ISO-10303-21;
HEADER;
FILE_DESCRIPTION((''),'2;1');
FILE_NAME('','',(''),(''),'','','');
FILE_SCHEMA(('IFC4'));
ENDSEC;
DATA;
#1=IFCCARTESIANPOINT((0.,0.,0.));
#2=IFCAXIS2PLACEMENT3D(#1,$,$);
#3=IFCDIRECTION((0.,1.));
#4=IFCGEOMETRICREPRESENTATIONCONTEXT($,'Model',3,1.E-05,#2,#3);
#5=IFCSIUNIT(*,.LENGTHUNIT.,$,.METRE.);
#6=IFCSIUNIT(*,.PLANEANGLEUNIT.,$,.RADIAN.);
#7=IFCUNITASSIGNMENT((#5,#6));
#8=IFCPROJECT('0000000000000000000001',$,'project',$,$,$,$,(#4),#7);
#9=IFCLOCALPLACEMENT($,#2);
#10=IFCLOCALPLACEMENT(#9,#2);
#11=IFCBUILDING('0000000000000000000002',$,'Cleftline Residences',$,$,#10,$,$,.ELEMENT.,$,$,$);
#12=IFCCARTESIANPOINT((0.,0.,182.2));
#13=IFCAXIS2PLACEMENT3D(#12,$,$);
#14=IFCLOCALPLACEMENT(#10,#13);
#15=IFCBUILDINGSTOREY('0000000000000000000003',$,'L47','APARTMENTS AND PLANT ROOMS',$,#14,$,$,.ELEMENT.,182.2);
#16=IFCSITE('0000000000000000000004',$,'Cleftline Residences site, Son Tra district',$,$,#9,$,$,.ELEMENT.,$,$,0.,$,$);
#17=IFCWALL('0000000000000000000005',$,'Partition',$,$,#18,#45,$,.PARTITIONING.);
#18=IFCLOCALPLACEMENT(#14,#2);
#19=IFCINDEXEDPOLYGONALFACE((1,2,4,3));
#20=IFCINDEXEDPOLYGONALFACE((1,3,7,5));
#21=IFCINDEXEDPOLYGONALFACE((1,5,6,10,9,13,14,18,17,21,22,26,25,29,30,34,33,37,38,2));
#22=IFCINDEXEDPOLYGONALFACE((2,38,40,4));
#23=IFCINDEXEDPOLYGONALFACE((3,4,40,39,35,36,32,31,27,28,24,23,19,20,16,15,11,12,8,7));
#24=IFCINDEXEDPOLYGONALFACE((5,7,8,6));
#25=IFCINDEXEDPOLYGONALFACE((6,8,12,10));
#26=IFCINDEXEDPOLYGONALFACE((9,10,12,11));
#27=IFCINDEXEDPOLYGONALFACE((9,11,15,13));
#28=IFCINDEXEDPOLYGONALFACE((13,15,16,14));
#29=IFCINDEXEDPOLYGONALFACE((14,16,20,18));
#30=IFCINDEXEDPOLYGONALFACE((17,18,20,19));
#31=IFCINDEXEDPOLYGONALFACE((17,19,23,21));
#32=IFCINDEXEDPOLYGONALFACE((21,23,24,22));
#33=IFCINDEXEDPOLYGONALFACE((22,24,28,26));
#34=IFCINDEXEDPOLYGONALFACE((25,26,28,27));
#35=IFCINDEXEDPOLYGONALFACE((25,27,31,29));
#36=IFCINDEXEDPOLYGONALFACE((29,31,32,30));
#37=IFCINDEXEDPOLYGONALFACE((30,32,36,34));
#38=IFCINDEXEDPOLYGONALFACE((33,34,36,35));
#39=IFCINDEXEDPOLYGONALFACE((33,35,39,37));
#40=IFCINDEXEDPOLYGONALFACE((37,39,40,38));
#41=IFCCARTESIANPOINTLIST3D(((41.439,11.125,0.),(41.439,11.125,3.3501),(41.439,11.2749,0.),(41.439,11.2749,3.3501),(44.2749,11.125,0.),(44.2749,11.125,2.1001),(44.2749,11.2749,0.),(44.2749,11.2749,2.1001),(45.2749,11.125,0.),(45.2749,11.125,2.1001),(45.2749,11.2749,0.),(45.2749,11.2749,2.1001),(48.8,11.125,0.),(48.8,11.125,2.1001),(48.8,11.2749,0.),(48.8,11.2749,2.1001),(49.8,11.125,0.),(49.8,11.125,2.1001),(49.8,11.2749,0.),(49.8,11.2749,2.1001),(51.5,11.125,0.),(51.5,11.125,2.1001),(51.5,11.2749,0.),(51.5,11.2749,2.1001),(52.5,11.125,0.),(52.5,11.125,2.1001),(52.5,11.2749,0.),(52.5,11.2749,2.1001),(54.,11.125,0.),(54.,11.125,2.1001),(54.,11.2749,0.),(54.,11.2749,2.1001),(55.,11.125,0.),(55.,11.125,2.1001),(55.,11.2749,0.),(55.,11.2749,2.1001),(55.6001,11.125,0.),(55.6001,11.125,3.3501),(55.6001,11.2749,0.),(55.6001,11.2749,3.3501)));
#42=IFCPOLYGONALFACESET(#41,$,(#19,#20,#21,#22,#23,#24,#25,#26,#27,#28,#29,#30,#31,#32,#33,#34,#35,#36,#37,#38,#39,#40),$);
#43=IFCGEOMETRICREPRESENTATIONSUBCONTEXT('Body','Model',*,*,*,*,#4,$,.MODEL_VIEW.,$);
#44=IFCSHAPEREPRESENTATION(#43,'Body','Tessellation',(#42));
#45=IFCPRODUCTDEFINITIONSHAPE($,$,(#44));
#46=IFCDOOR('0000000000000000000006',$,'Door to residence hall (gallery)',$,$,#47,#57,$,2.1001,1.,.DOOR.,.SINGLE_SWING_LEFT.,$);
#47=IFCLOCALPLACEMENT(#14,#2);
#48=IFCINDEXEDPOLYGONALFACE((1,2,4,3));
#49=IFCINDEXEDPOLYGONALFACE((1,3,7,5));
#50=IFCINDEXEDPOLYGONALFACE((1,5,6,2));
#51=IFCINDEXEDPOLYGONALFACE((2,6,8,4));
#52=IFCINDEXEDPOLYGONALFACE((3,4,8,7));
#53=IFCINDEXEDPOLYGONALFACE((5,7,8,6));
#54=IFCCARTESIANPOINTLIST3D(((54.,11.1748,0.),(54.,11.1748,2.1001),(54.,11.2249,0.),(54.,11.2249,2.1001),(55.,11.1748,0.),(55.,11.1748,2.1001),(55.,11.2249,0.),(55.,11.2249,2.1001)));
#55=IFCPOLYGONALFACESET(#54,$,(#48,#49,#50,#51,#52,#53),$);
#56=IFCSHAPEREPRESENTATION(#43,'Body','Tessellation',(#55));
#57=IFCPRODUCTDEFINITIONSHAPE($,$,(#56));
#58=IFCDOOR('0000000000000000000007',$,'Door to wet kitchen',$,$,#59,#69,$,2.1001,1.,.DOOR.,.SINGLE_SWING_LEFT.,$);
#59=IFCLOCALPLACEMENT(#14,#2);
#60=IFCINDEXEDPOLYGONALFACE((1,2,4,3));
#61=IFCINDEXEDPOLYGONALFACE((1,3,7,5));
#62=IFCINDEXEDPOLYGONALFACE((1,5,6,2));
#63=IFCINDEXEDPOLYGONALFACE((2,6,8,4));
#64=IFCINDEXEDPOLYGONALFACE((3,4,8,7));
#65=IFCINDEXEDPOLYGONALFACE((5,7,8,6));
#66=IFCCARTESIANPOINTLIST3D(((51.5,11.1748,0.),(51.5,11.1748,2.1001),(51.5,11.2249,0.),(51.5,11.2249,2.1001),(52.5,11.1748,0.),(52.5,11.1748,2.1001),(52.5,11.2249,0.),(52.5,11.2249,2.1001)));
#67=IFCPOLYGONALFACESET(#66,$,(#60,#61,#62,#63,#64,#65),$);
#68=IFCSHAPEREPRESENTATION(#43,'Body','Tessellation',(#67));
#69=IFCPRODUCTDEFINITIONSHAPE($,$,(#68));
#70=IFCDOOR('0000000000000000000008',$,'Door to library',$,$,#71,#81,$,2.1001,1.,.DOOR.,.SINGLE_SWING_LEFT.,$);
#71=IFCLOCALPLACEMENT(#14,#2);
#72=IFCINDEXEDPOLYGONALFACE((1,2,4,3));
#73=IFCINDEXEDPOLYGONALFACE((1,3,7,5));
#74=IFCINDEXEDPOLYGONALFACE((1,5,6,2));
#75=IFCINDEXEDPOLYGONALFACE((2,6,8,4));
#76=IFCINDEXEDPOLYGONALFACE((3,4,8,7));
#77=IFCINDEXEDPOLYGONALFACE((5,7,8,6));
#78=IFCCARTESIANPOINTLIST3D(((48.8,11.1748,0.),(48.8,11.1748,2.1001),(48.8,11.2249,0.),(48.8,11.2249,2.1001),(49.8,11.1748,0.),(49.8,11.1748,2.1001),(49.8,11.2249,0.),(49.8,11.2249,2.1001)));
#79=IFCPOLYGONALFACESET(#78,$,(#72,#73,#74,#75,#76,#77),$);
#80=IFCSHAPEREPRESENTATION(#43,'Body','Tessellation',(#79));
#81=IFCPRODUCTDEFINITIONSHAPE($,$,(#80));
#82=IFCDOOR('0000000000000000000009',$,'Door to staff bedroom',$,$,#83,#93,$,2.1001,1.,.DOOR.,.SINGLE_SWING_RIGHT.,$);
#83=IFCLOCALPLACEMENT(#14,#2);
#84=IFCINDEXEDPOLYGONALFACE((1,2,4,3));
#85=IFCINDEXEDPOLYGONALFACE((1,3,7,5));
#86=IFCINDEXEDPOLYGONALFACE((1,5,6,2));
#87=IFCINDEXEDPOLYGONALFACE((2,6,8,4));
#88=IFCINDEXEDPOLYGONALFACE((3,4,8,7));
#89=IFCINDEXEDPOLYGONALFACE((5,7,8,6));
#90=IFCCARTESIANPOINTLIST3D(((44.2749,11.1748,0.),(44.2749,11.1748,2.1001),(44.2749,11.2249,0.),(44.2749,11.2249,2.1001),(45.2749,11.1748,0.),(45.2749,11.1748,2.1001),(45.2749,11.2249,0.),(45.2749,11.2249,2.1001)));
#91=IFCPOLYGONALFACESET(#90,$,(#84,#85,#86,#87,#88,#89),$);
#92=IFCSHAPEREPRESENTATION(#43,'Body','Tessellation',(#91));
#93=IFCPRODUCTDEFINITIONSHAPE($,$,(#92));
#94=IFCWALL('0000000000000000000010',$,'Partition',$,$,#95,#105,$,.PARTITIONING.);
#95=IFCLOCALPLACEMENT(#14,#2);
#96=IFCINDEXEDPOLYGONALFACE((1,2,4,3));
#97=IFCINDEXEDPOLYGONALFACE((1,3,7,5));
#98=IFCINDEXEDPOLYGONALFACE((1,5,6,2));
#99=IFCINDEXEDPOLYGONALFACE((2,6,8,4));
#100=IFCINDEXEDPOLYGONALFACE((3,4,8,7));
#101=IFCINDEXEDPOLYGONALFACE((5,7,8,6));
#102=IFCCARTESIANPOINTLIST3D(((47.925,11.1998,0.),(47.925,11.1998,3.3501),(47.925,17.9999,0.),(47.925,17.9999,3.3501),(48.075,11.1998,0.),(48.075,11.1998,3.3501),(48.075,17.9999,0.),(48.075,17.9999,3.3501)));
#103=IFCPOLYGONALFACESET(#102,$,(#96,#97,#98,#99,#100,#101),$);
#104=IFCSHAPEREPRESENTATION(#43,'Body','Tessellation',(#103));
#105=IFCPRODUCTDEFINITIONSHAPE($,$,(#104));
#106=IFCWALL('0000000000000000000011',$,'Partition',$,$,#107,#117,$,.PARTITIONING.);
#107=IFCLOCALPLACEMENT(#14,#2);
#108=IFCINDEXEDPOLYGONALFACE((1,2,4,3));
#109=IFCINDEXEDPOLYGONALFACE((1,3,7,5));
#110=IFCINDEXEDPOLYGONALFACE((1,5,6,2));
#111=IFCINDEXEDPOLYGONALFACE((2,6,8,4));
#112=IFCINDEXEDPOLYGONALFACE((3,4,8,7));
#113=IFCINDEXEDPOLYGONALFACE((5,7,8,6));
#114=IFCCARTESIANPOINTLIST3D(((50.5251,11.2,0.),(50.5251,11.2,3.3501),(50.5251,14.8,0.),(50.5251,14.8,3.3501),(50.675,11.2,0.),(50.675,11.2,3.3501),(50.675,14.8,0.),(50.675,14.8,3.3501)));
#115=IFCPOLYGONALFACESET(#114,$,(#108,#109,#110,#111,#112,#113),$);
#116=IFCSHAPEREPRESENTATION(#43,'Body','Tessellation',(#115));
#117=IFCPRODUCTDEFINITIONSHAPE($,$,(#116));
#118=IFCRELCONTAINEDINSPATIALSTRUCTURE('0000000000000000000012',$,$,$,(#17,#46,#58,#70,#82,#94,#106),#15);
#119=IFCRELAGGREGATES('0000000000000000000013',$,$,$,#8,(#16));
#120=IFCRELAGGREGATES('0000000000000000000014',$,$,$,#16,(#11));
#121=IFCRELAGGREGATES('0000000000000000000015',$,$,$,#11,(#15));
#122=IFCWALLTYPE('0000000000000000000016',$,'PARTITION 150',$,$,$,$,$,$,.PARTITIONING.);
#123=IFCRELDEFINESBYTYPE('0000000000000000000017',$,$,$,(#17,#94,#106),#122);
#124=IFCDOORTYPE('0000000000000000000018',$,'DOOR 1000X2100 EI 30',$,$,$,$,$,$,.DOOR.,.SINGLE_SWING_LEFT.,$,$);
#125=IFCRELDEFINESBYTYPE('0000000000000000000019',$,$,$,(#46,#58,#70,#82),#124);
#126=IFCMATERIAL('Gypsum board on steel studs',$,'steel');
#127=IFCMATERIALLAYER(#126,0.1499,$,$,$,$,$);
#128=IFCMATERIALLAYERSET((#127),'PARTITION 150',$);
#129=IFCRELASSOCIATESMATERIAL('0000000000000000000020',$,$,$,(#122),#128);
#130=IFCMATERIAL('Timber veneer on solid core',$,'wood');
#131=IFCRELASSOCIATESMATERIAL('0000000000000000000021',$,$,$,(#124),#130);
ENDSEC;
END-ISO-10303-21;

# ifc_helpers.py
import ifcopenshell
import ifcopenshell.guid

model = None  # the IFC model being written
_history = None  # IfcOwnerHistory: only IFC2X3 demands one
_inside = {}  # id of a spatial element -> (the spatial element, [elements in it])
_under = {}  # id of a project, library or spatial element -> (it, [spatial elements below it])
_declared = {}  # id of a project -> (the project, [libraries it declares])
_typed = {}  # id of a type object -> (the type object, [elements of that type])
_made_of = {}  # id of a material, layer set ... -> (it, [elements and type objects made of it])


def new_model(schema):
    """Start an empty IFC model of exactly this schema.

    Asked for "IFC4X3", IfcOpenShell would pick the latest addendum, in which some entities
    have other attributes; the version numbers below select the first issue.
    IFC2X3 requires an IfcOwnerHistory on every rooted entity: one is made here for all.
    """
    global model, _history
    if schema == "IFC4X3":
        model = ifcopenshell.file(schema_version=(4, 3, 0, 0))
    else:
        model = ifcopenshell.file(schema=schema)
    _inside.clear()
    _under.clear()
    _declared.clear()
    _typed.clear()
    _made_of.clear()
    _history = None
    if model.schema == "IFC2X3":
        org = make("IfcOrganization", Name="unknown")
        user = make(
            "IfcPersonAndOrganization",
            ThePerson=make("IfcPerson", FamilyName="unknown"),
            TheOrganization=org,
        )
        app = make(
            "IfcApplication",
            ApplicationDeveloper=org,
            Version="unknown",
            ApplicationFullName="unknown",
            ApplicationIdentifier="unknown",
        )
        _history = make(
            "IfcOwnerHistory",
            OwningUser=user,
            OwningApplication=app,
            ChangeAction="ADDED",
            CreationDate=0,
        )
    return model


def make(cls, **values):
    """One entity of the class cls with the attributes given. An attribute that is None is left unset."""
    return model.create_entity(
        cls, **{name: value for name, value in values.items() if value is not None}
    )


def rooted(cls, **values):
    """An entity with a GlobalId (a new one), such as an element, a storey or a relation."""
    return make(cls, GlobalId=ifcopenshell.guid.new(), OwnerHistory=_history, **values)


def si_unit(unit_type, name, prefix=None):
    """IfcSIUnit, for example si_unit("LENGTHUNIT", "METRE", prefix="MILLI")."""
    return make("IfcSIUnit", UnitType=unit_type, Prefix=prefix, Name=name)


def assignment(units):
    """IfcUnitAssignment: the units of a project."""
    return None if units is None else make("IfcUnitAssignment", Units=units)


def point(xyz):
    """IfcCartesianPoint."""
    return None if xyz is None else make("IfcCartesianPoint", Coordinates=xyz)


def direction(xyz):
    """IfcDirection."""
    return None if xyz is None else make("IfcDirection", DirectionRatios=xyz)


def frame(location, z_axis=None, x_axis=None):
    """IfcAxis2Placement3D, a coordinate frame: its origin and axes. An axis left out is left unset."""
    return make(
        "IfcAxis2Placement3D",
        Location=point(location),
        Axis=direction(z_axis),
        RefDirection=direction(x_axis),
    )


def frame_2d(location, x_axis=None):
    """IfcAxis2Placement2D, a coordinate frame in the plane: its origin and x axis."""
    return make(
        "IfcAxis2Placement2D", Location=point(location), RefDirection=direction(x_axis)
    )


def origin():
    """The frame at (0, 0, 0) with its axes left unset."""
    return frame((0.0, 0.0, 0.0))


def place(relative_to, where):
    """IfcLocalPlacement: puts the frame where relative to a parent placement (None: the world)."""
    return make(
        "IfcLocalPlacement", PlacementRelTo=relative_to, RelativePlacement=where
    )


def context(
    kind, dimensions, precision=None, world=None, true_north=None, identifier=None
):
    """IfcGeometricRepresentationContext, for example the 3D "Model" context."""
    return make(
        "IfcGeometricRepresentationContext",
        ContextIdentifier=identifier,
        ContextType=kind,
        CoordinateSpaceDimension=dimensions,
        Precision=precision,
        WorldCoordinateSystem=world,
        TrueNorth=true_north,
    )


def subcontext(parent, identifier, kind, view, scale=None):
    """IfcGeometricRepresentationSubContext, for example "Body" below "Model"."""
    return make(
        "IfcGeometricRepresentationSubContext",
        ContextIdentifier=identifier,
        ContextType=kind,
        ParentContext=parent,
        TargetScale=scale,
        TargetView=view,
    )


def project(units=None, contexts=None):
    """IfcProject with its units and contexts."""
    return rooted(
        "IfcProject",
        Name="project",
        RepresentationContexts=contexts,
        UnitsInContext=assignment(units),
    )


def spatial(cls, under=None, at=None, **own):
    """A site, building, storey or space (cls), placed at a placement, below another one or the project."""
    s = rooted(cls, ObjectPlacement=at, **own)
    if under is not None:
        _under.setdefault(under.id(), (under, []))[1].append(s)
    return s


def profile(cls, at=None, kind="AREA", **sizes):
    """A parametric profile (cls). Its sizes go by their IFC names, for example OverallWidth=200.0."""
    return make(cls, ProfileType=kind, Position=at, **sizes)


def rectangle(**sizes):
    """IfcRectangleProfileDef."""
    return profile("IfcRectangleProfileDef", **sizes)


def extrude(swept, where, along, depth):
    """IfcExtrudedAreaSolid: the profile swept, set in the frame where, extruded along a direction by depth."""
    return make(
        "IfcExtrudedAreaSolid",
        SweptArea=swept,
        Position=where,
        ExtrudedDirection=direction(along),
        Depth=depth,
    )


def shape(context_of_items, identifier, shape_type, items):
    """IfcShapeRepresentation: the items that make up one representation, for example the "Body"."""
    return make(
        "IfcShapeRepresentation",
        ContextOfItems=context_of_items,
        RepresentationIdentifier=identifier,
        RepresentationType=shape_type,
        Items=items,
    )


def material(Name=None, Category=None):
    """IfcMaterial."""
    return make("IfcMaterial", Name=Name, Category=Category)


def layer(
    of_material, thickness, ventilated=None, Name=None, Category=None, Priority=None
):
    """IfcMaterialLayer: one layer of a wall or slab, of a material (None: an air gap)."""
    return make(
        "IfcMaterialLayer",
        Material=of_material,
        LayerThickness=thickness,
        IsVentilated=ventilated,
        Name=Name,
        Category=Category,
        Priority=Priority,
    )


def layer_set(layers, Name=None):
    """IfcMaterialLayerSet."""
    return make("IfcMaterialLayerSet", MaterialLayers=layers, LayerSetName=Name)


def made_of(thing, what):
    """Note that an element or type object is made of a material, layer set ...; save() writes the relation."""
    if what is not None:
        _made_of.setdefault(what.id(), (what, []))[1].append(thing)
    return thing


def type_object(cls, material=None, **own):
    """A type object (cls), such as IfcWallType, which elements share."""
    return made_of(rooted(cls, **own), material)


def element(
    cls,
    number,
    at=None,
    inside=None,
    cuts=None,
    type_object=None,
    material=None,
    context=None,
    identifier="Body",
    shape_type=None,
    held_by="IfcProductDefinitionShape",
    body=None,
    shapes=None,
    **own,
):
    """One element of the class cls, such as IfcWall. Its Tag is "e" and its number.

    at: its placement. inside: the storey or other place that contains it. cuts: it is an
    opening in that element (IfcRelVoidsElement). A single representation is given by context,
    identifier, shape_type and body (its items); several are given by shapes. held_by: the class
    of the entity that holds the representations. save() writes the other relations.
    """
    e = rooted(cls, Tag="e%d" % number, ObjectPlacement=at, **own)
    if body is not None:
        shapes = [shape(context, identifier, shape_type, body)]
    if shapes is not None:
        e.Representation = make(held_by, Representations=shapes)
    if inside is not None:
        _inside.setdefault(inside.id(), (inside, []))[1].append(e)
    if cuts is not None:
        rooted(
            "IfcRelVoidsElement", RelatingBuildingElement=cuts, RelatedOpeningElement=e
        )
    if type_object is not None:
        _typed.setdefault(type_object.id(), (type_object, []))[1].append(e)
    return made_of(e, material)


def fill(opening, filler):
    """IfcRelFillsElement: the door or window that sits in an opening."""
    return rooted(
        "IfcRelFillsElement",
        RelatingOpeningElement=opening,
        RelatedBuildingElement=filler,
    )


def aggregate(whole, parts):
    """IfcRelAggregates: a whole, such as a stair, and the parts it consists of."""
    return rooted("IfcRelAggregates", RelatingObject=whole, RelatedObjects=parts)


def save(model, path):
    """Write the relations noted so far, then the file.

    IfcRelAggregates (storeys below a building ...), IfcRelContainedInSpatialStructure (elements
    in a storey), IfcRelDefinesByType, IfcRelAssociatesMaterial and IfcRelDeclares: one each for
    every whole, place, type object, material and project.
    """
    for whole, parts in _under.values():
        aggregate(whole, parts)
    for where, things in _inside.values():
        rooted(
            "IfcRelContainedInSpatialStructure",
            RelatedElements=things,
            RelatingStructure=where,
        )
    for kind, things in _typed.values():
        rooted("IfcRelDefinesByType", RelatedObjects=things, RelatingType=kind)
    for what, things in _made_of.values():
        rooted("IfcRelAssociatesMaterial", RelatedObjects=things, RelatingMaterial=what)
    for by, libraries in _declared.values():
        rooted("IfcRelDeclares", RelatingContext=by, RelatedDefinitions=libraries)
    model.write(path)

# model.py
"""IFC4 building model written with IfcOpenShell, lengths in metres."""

from ifc_helpers import new_model, si_unit, direction, frame, frame_2d, origin, place, context, subcontext, project, spatial, rectangle, extrude, material, layer, layer_set, type_object, element, fill, save


model = new_model("IFC4")

# Units and contexts
model_context = context("Model", 3, precision=1e-05, world=origin(), true_north=direction((0.0, 1.0)))
body_context = subcontext(model_context, "Body", "Model", "MODEL_VIEW")
ifc_project = project(units=[si_unit("LENGTHUNIT", "METRE"), si_unit("PLANEANGLEUNIT", "RADIAN")], contexts=[model_context])

# Site, building, storey
site_placement = place(None, origin())
site = spatial("IfcSite", under=ifc_project, at=site_placement, Name="Cleftline Residences site, Son Tra district", CompositionType="ELEMENT", RefElevation=0.0)
building_placement = place(site_placement, origin())
building = spatial("IfcBuilding", under=site, at=building_placement, Name="Cleftline Residences", CompositionType="ELEMENT")
storey_placement = place(building_placement, frame((0.0, 0.0, 182.2)))
storey = spatial("IfcBuildingStorey", under=building, at=storey_placement, Name="L47", Description="APARTMENTS AND PLANT ROOMS", CompositionType="ELEMENT", Elevation=182.2)

# Wall, openings, doors
ifc_material_1 = material(Name="Gypsum board on steel studs", Category="steel")
ifc_layer_1 = layer(ifc_material_1, 0.1499)
ifc_layer_set_1 = layer_set([ifc_layer_1], Name="PARTITION 150")
wall_type = type_object("IfcWallType", Name="PARTITION 150", PredefinedType="PARTITIONING", material=ifc_layer_set_1)
wall_1_placement = place(storey_placement, frame((41.439, 11.2, 0.0), z_axis=(0.0, 0.0, 1.0), x_axis=(1.0, 0.0, 0.0)))
wall_1 = element("IfcWall", 1, at=wall_1_placement, inside=storey, type_object=wall_type, Name="Partition", PredefinedType="PARTITIONING", context=body_context, shape_type="SweptSolid", body=[
    extrude(rectangle(XDim=14.1611, YDim=0.1499, at=frame_2d((7.0806, 0.0))), origin(), (0.0, 0.0, 1.0), 3.3501),
])
opening_1_placement = place(wall_1_placement, frame((12.561, 0.0, 0.0)))
opening_1 = element("IfcOpeningElement", 2, at=opening_1_placement, cuts=wall_1, PredefinedType="OPENING", context=body_context, shape_type="SweptSolid", body=[
    extrude(rectangle(XDim=1.0, YDim=2.1001, at=frame_2d((0.5, 1.05))), frame((0.0, 0.085, 0.0), z_axis=(0.0, -1.0, 0.0), x_axis=(1.0, 0.0, 0.0)), (0.0, 0.0, 1.0), 0.1699),
])
opening_2_placement = place(wall_1_placement, frame((10.061, 0.0, 0.0)))
opening_2 = element("IfcOpeningElement", 3, at=opening_2_placement, cuts=wall_1, PredefinedType="OPENING", context=body_context, shape_type="SweptSolid", body=[
    extrude(rectangle(XDim=1.0, YDim=2.1001, at=frame_2d((0.5, 1.05))), frame((0.0, 0.085, 0.0), z_axis=(0.0, -1.0, 0.0), x_axis=(1.0, 0.0, 0.0)), (0.0, 0.0, 1.0), 0.1699),
])
opening_3_placement = place(wall_1_placement, frame((7.3611, 0.0, 0.0)))
opening_3 = element("IfcOpeningElement", 4, at=opening_3_placement, cuts=wall_1, PredefinedType="OPENING", context=body_context, shape_type="SweptSolid", body=[
    extrude(rectangle(XDim=1.0, YDim=2.1001, at=frame_2d((0.5, 1.05))), frame((0.0, 0.085, 0.0), z_axis=(0.0, -1.0, 0.0), x_axis=(1.0, 0.0, 0.0)), (0.0, 0.0, 1.0), 0.1699),
])
opening_4_placement = place(wall_1_placement, frame((2.8359, 0.0, 0.0)))
opening_4 = element("IfcOpeningElement", 5, at=opening_4_placement, cuts=wall_1, PredefinedType="OPENING", context=body_context, shape_type="SweptSolid", body=[
    extrude(rectangle(XDim=1.0, YDim=2.1001, at=frame_2d((0.5, 1.05))), frame((0.0, 0.085, 0.0), z_axis=(0.0, -1.0, 0.0), x_axis=(1.0, 0.0, 0.0)), (0.0, 0.0, 1.0), 0.1699),
])
ifc_material_2 = material(Name="Timber veneer on solid core", Category="wood")
door_type_1 = type_object("IfcDoorType", Name="DOOR 1000X2100 EI 30", OperationType="SINGLE_SWING_LEFT", PredefinedType="DOOR", material=ifc_material_2)
door_1_placement = place(opening_1_placement, origin())
door_1 = element("IfcDoor", 6, at=door_1_placement, inside=storey, type_object=door_type_1, Name="Door to residence hall (gallery)", OperationType="SINGLE_SWING_LEFT", OverallHeight=2.1001, OverallWidth=1.0, PredefinedType="DOOR", context=body_context, shape_type="SweptSolid", body=[
    extrude(rectangle(XDim=1.0, YDim=2.1001, at=frame_2d((0.5, 1.05))), frame((0.0, 0.0249, 0.0), z_axis=(0.0, -1.0, 0.0), x_axis=(1.0, 0.0, 0.0)), (0.0, 0.0, 1.0), 0.05),
])
fill(opening_1, door_1)
door_2_placement = place(opening_2_placement, origin())
door_2 = element("IfcDoor", 7, at=door_2_placement, inside=storey, type_object=door_type_1, Name="Door to wet kitchen", OperationType="SINGLE_SWING_LEFT", OverallHeight=2.1001, OverallWidth=1.0, PredefinedType="DOOR", context=body_context, shape_type="SweptSolid", body=[
    extrude(rectangle(XDim=1.0, YDim=2.1001, at=frame_2d((0.5, 1.05))), frame((0.0, 0.0249, 0.0), z_axis=(0.0, -1.0, 0.0), x_axis=(1.0, 0.0, 0.0)), (0.0, 0.0, 1.0), 0.05),
])
fill(opening_2, door_2)
door_3_placement = place(opening_3_placement, origin())
door_3 = element("IfcDoor", 8, at=door_3_placement, inside=storey, type_object=door_type_1, Name="Door to library", OperationType="SINGLE_SWING_LEFT", OverallHeight=2.1001, OverallWidth=1.0, PredefinedType="DOOR", context=body_context, shape_type="SweptSolid", body=[
    extrude(rectangle(XDim=1.0, YDim=2.1001, at=frame_2d((0.5, 1.05))), frame((0.0, 0.0249, 0.0), z_axis=(0.0, -1.0, 0.0), x_axis=(1.0, 0.0, 0.0)), (0.0, 0.0, 1.0), 0.05),
])
fill(opening_3, door_3)
door_4_placement = place(opening_4_placement, origin())
door_4 = element("IfcDoor", 9, at=door_4_placement, inside=storey, type_object=door_type_1, Name="Door to staff bedroom", OperationType="SINGLE_SWING_RIGHT", OverallHeight=2.1001, OverallWidth=1.0, PredefinedType="DOOR", context=body_context, shape_type="SweptSolid", body=[
    extrude(rectangle(XDim=1.0, YDim=2.1001, at=frame_2d((0.5, 1.05))), frame((0.0, 0.0249, 0.0), z_axis=(0.0, -1.0, 0.0), x_axis=(1.0, 0.0, 0.0)), (0.0, 0.0, 1.0), 0.05),
])
fill(opening_4, door_4)

# Walls
wall_2_placement = place(storey_placement, frame((48.0, 11.2, 0.0), z_axis=(0.0, 0.0, 1.0), x_axis=(0.0, 1.0, 0.0)))
element("IfcWall", 10, at=wall_2_placement, inside=storey, type_object=wall_type, Name="Partition", PredefinedType="PARTITIONING", context=body_context, shape_type="SweptSolid", body=[
    extrude(rectangle(XDim=6.8, YDim=0.1499, at=frame_2d((3.3999, 0.0))), origin(), (0.0, 0.0, 1.0), 3.3501),
])
wall_3_placement = place(storey_placement, frame((50.6001, 11.2, 0.0), z_axis=(0.0, 0.0, 1.0), x_axis=(0.0, 1.0, 0.0)))
element("IfcWall", 11, at=wall_3_placement, inside=storey, type_object=wall_type, Name="Partition", PredefinedType="PARTITIONING", context=body_context, shape_type="SweptSolid", body=[
    extrude(rectangle(XDim=3.6001, YDim=0.1499, at=frame_2d((1.8, 0.0))), origin(), (0.0, 0.0, 1.0), 3.3501),
])

save(model, "model.ifc")
